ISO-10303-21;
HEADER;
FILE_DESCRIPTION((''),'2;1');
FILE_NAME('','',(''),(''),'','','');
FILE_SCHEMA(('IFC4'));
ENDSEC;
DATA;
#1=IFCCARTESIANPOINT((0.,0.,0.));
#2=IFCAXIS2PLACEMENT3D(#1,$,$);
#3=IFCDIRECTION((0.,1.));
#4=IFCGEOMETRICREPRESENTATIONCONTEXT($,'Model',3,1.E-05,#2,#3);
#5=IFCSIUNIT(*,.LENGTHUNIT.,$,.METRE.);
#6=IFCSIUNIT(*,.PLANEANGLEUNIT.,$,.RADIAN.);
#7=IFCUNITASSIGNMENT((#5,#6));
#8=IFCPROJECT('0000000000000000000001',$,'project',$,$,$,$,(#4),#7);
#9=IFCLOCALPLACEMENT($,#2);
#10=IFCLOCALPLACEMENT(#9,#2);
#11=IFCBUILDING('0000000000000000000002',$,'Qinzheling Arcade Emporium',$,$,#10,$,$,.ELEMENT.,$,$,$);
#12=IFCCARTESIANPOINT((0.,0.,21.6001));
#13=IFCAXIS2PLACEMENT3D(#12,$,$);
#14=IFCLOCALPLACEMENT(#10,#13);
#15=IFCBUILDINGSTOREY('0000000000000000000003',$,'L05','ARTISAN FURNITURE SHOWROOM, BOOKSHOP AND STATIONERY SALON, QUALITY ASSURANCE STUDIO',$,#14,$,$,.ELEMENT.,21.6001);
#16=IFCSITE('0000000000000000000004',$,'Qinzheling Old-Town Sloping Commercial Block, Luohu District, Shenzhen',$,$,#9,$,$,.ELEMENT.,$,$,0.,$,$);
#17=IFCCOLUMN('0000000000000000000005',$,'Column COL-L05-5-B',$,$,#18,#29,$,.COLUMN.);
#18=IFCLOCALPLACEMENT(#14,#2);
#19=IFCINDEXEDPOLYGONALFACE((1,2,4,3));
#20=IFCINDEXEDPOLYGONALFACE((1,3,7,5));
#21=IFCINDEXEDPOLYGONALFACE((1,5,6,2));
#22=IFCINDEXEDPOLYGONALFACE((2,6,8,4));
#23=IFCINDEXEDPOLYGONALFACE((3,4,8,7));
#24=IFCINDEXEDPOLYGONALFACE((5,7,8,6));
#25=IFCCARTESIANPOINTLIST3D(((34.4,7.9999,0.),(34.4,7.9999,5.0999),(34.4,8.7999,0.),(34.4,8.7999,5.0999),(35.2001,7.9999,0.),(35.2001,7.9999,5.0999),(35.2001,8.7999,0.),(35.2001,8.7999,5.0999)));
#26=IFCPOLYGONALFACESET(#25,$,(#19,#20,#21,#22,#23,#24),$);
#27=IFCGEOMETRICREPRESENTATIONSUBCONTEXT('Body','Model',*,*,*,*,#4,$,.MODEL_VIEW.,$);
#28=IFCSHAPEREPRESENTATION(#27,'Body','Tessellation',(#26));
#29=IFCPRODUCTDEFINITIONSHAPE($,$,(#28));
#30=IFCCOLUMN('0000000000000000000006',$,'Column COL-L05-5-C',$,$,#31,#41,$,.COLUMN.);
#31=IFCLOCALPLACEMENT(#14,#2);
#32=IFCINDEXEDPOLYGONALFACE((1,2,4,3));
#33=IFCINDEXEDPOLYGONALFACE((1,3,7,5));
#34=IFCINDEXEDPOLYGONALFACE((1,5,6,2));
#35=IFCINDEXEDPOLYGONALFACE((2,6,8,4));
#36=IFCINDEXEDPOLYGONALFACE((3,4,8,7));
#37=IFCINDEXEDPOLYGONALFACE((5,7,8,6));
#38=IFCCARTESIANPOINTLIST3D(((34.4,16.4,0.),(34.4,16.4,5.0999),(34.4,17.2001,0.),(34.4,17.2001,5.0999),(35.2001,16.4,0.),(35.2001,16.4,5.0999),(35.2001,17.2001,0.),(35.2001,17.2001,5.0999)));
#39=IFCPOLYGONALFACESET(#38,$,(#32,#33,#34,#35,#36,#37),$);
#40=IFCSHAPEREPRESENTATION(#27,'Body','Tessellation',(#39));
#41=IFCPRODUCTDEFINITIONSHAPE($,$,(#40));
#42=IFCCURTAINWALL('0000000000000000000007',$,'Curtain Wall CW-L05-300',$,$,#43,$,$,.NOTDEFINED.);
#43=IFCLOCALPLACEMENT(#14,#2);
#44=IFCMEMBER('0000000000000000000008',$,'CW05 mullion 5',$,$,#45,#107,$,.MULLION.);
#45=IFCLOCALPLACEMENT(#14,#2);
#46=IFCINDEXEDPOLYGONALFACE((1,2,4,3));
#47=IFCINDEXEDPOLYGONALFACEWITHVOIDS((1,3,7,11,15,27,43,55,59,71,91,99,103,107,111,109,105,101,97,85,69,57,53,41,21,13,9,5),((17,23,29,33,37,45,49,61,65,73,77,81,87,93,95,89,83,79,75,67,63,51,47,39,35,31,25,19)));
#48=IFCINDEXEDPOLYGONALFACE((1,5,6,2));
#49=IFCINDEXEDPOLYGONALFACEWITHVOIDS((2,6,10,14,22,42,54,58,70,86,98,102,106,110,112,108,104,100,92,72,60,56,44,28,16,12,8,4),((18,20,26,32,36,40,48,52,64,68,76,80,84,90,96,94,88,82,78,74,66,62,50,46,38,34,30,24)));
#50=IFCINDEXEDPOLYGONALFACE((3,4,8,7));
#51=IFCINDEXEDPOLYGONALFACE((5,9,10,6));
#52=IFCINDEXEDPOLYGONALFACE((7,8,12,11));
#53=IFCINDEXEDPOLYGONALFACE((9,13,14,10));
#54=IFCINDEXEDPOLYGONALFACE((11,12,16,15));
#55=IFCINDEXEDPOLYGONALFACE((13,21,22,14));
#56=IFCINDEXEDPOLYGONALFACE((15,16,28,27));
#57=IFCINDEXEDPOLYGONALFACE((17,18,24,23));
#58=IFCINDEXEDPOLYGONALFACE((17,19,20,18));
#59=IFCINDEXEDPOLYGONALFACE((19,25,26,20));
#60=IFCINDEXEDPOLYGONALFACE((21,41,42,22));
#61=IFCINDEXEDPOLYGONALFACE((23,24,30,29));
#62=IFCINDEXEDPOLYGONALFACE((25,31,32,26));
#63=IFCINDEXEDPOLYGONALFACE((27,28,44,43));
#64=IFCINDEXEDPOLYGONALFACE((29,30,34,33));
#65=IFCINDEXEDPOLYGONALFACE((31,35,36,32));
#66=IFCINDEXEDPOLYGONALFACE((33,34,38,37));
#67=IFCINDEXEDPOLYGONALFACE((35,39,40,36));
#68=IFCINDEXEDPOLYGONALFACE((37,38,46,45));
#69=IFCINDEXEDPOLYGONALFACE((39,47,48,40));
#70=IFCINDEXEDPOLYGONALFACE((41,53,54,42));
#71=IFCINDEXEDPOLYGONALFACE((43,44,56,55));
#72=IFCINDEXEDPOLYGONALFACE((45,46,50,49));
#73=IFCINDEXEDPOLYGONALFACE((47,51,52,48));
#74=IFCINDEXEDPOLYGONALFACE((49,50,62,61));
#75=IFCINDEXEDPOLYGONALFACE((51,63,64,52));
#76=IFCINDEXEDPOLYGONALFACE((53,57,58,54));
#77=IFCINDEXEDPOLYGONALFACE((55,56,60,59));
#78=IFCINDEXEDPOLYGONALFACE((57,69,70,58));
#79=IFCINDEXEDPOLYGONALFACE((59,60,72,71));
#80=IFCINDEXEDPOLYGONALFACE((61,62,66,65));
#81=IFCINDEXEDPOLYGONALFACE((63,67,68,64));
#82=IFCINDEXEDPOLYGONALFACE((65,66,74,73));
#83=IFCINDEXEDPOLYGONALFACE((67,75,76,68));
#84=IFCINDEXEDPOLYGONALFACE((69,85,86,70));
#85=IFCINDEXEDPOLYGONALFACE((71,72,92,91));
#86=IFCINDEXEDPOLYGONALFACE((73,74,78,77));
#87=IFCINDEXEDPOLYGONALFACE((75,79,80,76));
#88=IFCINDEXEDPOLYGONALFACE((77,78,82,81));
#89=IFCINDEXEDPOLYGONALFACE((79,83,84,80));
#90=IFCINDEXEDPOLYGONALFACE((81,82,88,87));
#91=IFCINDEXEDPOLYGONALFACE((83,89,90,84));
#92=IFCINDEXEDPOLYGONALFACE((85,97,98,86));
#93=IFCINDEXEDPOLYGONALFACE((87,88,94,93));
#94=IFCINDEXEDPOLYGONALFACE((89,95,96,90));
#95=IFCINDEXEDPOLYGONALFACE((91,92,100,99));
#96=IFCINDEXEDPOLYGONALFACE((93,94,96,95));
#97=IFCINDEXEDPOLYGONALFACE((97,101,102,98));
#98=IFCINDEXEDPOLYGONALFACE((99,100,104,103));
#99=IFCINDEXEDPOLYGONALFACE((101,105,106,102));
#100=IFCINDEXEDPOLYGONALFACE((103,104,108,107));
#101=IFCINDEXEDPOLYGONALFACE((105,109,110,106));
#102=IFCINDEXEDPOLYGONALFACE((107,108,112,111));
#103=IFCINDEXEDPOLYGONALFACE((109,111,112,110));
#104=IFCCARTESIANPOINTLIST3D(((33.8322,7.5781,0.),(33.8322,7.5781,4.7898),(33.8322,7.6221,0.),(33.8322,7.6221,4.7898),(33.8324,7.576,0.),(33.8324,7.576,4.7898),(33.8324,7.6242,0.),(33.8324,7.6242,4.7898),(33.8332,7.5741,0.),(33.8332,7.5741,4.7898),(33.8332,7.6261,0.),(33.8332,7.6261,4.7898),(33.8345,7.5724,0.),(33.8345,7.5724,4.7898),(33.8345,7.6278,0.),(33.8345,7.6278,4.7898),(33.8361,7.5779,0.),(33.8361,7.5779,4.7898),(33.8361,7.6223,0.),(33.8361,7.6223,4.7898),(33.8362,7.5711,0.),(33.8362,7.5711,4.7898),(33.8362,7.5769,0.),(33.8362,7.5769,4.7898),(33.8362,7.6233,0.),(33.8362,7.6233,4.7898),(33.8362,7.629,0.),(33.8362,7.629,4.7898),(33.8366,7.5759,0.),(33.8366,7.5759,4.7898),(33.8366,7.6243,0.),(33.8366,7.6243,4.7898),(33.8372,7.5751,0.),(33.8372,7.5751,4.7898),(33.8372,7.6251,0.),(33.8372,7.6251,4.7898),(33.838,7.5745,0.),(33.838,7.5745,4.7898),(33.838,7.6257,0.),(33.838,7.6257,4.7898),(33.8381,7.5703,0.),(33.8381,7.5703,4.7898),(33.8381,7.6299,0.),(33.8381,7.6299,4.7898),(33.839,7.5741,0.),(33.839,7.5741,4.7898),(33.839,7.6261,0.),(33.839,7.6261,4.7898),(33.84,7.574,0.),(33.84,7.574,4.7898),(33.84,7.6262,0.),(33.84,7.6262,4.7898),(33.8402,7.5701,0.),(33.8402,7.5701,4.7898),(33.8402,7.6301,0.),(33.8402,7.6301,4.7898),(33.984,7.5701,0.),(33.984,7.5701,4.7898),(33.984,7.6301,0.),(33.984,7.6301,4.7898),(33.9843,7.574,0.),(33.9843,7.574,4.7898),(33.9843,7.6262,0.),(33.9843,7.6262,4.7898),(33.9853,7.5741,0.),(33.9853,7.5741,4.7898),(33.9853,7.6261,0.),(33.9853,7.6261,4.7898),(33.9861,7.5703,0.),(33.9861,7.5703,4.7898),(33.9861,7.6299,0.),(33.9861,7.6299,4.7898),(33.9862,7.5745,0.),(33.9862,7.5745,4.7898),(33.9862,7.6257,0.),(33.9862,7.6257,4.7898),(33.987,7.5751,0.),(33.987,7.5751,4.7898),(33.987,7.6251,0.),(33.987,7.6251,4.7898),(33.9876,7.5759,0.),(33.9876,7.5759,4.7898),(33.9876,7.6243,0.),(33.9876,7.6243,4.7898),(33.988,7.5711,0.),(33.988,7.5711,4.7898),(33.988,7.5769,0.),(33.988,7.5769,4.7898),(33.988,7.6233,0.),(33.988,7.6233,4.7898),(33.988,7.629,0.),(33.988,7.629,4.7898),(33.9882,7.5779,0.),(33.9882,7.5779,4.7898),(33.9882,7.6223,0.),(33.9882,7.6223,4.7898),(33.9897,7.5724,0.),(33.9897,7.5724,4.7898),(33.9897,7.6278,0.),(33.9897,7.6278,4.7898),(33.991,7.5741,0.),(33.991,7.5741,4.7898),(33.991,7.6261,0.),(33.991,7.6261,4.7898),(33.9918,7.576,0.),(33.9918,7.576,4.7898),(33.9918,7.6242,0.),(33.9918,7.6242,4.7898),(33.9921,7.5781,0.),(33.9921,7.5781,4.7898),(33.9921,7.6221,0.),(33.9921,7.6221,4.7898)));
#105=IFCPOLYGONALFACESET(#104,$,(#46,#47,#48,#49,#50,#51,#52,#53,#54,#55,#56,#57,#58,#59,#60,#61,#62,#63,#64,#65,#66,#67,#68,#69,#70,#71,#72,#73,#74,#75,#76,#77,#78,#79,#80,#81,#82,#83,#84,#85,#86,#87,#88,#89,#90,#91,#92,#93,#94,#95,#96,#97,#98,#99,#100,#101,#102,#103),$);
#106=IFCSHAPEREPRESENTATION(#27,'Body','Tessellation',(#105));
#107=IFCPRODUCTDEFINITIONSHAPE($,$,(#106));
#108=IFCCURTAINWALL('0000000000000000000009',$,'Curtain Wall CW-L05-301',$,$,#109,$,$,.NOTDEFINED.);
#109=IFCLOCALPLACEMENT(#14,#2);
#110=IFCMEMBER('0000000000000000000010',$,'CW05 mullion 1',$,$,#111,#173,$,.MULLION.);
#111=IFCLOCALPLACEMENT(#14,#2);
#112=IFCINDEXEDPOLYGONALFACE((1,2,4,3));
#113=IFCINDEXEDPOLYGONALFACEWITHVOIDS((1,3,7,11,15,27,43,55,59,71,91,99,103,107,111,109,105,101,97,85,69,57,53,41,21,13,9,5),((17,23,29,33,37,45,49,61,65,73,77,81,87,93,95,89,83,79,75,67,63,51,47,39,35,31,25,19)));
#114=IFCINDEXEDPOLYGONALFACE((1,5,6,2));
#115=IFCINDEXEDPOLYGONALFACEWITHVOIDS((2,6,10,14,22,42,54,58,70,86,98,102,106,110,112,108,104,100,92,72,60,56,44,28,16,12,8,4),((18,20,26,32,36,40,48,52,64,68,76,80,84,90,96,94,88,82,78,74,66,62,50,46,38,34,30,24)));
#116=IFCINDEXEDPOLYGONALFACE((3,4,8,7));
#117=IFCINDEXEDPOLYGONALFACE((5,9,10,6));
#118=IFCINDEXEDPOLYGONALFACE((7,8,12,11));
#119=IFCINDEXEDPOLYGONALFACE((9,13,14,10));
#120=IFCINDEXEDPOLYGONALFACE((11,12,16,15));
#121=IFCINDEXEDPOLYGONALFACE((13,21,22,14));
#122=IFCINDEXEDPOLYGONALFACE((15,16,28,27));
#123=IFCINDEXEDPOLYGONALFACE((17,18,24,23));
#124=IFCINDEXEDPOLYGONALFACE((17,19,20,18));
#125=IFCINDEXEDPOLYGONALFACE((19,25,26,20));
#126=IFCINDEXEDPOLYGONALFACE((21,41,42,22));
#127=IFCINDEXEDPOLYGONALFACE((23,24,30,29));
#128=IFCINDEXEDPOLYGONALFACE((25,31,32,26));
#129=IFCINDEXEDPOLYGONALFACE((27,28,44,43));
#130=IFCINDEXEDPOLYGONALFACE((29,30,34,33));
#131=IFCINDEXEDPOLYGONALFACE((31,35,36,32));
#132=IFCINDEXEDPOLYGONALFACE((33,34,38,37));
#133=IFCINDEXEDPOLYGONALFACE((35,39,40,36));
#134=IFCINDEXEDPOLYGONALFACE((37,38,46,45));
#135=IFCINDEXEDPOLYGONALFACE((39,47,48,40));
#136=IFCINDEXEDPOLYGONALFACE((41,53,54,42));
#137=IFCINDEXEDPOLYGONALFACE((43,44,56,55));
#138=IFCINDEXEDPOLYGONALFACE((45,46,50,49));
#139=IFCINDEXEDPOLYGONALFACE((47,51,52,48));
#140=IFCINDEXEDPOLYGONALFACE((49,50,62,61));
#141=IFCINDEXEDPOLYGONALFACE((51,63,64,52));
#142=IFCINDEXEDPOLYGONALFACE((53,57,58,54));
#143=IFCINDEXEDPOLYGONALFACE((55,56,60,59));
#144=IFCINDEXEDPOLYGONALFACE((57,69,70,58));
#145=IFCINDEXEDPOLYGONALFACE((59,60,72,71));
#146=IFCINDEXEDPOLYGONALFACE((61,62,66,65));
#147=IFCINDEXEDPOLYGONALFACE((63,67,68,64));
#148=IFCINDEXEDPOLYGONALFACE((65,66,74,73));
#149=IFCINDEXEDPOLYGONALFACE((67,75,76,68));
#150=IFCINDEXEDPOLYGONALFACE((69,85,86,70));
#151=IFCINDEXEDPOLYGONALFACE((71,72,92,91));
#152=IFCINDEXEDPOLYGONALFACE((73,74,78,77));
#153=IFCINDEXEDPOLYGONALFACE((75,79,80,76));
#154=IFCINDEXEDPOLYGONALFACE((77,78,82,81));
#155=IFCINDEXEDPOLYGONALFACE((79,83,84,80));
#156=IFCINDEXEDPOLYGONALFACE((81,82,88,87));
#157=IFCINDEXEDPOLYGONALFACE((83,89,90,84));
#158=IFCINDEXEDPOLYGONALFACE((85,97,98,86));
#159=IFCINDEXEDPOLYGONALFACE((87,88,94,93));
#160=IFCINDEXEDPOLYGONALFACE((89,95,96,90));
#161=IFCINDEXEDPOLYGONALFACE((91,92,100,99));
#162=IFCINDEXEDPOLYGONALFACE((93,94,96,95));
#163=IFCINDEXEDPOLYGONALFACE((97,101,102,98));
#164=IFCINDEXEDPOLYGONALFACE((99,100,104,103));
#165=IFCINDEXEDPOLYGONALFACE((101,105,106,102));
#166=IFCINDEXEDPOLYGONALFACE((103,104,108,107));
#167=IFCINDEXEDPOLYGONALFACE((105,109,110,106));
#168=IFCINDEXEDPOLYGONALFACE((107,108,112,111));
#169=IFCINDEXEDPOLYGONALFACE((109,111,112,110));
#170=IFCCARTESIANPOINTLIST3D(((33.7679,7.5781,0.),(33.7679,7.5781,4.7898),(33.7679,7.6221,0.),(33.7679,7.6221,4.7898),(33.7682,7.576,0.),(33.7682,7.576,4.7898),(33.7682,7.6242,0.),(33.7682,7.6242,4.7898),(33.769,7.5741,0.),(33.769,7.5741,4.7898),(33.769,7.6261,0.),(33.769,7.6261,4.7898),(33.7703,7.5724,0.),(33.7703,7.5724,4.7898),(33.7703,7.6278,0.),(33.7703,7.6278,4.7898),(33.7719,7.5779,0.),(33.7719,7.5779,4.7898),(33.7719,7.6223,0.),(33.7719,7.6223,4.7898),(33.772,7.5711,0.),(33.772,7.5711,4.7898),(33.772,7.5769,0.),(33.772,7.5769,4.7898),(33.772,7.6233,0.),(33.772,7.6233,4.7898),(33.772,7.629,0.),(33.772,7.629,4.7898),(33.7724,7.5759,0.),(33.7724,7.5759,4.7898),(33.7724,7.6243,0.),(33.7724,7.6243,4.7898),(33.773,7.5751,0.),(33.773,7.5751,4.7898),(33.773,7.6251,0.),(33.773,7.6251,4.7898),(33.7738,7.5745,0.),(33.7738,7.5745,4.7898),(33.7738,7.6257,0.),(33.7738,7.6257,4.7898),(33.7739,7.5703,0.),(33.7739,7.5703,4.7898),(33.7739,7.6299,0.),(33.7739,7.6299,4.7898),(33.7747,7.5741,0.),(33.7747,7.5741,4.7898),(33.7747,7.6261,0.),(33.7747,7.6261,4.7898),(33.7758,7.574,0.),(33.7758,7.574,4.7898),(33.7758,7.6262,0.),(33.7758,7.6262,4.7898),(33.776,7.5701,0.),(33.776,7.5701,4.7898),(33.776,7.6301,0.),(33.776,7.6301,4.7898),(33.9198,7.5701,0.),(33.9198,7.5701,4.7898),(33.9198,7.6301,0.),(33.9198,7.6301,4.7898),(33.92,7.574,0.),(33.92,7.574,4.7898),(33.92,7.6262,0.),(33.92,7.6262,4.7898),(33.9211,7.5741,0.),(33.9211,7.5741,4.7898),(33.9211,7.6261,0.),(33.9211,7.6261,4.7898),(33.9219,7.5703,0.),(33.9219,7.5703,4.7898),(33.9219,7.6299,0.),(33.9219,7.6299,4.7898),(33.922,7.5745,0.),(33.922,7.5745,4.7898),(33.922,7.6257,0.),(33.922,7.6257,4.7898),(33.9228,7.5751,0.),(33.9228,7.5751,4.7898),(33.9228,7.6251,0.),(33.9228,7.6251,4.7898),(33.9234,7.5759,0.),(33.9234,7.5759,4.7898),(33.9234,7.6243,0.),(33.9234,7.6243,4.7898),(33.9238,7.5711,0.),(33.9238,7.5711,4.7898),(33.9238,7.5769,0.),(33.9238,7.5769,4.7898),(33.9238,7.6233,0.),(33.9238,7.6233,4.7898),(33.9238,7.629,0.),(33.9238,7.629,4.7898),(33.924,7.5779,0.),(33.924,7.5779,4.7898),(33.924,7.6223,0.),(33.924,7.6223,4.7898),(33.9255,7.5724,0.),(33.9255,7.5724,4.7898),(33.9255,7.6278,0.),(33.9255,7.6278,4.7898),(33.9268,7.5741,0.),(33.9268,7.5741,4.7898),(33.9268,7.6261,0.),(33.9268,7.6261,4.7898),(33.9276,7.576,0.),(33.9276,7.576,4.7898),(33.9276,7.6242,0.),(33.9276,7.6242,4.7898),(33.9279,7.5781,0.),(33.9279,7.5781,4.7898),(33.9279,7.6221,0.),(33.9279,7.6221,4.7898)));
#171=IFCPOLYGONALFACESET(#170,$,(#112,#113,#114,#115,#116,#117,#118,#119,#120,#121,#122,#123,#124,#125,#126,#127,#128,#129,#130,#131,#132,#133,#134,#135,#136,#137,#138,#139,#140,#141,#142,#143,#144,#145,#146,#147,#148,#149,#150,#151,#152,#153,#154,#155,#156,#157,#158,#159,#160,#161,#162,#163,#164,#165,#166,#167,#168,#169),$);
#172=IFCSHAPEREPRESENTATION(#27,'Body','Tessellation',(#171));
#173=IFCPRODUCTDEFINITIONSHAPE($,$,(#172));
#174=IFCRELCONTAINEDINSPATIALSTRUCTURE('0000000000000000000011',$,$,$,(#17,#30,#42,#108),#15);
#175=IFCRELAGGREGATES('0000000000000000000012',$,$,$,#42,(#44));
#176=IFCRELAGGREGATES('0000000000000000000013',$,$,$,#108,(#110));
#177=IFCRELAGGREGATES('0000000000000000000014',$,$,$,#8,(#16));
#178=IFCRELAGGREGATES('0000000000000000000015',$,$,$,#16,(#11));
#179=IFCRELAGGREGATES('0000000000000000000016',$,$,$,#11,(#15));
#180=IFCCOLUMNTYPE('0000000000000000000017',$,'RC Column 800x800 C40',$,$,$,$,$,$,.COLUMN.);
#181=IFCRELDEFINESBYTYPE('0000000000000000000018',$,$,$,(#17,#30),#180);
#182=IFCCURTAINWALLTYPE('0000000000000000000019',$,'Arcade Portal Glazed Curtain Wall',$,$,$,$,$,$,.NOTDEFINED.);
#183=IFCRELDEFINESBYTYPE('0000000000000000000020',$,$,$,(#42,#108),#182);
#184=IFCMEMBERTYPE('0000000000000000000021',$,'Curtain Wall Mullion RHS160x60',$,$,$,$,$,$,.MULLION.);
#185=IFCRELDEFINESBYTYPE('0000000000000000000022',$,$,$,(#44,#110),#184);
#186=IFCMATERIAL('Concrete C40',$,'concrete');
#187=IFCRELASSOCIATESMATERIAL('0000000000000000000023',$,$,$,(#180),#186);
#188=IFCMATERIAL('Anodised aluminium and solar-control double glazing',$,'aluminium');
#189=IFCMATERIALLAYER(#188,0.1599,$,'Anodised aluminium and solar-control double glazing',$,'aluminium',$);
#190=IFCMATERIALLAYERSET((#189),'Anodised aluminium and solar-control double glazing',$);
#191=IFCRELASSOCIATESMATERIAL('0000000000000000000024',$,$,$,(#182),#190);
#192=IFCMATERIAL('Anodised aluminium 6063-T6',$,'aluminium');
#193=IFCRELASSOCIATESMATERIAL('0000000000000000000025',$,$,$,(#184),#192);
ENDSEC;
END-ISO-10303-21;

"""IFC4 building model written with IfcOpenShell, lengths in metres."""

from ifc_helpers import new_model, si_unit, direction, frame, origin, origin_2d, place, context, subcontext, project, spatial, rectangle, hollow_rectangle, extrude, material, layer, layer_set, material_profile, profile_set, type_object, element, aggregate, save


model = new_model("IFC4")

# Units and contexts
model_context = context("Model", 3, precision=1e-05, world=origin(), true_north=direction((0.0, 1.0)))
body_context = subcontext(model_context, "Body", "Model", "MODEL_VIEW")
ifc_project = project(units=[si_unit("LENGTHUNIT", "METRE"), si_unit("PLANEANGLEUNIT", "RADIAN")], contexts=[model_context])

# Site, building, storey
site_placement = place(None, origin())
site = spatial("IfcSite", under=ifc_project, at=site_placement, Name="Qinzheling Old-Town Sloping Commercial Block, Luohu District, Shenzhen", CompositionType="ELEMENT", RefElevation=0.0)
building_placement = place(site_placement, origin())
building = spatial("IfcBuilding", under=site, at=building_placement, Name="Qinzheling Arcade Emporium", CompositionType="ELEMENT")
storey_placement = place(building_placement, frame((0.0, 0.0, 21.6001)))
storey = spatial("IfcBuildingStorey", under=building, at=storey_placement, Name="L05", Description="ARTISAN FURNITURE SHOWROOM, BOOKSHOP AND STATIONERY SALON, QUALITY ASSURANCE STUDIO", CompositionType="ELEMENT", Elevation=21.6001)

# Columns
ifc_material_1 = material(Name="Concrete C40", Category="concrete")
ifc_material_profile_1 = material_profile(ifc_material_1, rectangle(XDim=0.8, YDim=0.8, at=origin_2d()), Name="RC 800x800", Category="concrete")
ifc_profile_set_1 = profile_set([ifc_material_profile_1], Name="Concrete C40")
column_type = type_object("IfcColumnType", Name="RC Column 800x800 C40", PredefinedType="COLUMN", material=ifc_profile_set_1)
for number, where, z_axis, x_axis, name in (
    (1, (34.8, 8.3999, 0.0), (0.0, 0.0, 1.0), (1.0, 0.0, 0.0), "Column COL-L05-5-B"),
    (2, (34.8, 16.8, 0.0), (0.0, 0.0, 1.0), (1.0, 0.0, 0.0), "Column COL-L05-5-C"),
):
    element("IfcColumn", number, at=place(storey_placement, frame(where, z_axis=z_axis, x_axis=x_axis)), inside=storey, type_object=column_type, Name=name, PredefinedType="COLUMN", context=body_context, shape_type="SweptSolid", body=[
        extrude(rectangle(XDim=0.8, YDim=0.8, at=origin_2d()), origin(), (0.0, 0.0, 1.0), 5.0999),
    ])

# Curtain wall, member
ifc_material_2 = material(Name="Anodised aluminium and solar-control double glazing", Category="aluminium")
ifc_layer_1 = layer(ifc_material_2, 0.1599, Name="Anodised aluminium and solar-control double glazing", Category="aluminium")
ifc_layer_set_1 = layer_set([ifc_layer_1], Name="Anodised aluminium and solar-control double glazing")
curtain_wall_type = type_object("IfcCurtainWallType", Name="Arcade Portal Glazed Curtain Wall", PredefinedType="NOTDEFINED", material=ifc_layer_set_1)
curtain_wall_1_placement = place(storey_placement, origin())
curtain_wall_1 = element("IfcCurtainWall", 3, at=curtain_wall_1_placement, inside=storey, type_object=curtain_wall_type, Name="Curtain Wall CW-L05-300", PredefinedType="NOTDEFINED")
ifc_material_3 = material(Name="Anodised aluminium 6063-T6", Category="aluminium")
ifc_material_profile_2 = material_profile(ifc_material_3, hollow_rectangle(XDim=0.0601, YDim=0.1599, WallThickness=0.0039, InnerFilletRadius=0.0039, OuterFilletRadius=0.0081, at=origin_2d()), Name="RHS 160x60x4", Category="aluminium")
ifc_profile_set_2 = profile_set([ifc_material_profile_2], Name="Anodised aluminium 6063-T6")
member_type_1 = type_object("IfcMemberType", Name="Curtain Wall Mullion RHS160x60", PredefinedType="MULLION", material=ifc_profile_set_2)
member_1_placement = place(storey_placement, frame((33.9121, 7.6001, 0.0), z_axis=(0.0, 0.0, 1.0), x_axis=(0.0, -1.0, 0.0)))
member_1 = element("IfcMember", 4, at=member_1_placement, type_object=member_type_1, Name="CW05 mullion 5", PredefinedType="MULLION", context=body_context, shape_type="SweptSolid", body=[
    extrude(hollow_rectangle(XDim=0.0601, YDim=0.1599, WallThickness=0.0039, InnerFilletRadius=0.0039, OuterFilletRadius=0.0081, at=origin_2d()), origin(), (0.0, 0.0, 1.0), 4.7898),
])

# Curtain wall, member
curtain_wall_2_placement = place(storey_placement, origin())
curtain_wall_2 = element("IfcCurtainWall", 5, at=curtain_wall_2_placement, inside=storey, type_object=curtain_wall_type, Name="Curtain Wall CW-L05-301", PredefinedType="NOTDEFINED")
member_2_placement = place(storey_placement, frame((33.8479, 7.6001, 0.0), z_axis=(0.0, 0.0, 1.0), x_axis=(0.0, -1.0, 0.0)))
member_2 = element("IfcMember", 6, at=member_2_placement, type_object=member_type_1, Name="CW05 mullion 1", PredefinedType="MULLION", context=body_context, shape_type="SweptSolid", body=[
    extrude(hollow_rectangle(XDim=0.0601, YDim=0.1599, WallThickness=0.0039, InnerFilletRadius=0.0039, OuterFilletRadius=0.0081, at=origin_2d()), origin(), (0.0, 0.0, 1.0), 4.7898),
])

aggregate(curtain_wall_1, [member_1])
aggregate(curtain_wall_2, [member_2])

save(model, "model.ifc")
